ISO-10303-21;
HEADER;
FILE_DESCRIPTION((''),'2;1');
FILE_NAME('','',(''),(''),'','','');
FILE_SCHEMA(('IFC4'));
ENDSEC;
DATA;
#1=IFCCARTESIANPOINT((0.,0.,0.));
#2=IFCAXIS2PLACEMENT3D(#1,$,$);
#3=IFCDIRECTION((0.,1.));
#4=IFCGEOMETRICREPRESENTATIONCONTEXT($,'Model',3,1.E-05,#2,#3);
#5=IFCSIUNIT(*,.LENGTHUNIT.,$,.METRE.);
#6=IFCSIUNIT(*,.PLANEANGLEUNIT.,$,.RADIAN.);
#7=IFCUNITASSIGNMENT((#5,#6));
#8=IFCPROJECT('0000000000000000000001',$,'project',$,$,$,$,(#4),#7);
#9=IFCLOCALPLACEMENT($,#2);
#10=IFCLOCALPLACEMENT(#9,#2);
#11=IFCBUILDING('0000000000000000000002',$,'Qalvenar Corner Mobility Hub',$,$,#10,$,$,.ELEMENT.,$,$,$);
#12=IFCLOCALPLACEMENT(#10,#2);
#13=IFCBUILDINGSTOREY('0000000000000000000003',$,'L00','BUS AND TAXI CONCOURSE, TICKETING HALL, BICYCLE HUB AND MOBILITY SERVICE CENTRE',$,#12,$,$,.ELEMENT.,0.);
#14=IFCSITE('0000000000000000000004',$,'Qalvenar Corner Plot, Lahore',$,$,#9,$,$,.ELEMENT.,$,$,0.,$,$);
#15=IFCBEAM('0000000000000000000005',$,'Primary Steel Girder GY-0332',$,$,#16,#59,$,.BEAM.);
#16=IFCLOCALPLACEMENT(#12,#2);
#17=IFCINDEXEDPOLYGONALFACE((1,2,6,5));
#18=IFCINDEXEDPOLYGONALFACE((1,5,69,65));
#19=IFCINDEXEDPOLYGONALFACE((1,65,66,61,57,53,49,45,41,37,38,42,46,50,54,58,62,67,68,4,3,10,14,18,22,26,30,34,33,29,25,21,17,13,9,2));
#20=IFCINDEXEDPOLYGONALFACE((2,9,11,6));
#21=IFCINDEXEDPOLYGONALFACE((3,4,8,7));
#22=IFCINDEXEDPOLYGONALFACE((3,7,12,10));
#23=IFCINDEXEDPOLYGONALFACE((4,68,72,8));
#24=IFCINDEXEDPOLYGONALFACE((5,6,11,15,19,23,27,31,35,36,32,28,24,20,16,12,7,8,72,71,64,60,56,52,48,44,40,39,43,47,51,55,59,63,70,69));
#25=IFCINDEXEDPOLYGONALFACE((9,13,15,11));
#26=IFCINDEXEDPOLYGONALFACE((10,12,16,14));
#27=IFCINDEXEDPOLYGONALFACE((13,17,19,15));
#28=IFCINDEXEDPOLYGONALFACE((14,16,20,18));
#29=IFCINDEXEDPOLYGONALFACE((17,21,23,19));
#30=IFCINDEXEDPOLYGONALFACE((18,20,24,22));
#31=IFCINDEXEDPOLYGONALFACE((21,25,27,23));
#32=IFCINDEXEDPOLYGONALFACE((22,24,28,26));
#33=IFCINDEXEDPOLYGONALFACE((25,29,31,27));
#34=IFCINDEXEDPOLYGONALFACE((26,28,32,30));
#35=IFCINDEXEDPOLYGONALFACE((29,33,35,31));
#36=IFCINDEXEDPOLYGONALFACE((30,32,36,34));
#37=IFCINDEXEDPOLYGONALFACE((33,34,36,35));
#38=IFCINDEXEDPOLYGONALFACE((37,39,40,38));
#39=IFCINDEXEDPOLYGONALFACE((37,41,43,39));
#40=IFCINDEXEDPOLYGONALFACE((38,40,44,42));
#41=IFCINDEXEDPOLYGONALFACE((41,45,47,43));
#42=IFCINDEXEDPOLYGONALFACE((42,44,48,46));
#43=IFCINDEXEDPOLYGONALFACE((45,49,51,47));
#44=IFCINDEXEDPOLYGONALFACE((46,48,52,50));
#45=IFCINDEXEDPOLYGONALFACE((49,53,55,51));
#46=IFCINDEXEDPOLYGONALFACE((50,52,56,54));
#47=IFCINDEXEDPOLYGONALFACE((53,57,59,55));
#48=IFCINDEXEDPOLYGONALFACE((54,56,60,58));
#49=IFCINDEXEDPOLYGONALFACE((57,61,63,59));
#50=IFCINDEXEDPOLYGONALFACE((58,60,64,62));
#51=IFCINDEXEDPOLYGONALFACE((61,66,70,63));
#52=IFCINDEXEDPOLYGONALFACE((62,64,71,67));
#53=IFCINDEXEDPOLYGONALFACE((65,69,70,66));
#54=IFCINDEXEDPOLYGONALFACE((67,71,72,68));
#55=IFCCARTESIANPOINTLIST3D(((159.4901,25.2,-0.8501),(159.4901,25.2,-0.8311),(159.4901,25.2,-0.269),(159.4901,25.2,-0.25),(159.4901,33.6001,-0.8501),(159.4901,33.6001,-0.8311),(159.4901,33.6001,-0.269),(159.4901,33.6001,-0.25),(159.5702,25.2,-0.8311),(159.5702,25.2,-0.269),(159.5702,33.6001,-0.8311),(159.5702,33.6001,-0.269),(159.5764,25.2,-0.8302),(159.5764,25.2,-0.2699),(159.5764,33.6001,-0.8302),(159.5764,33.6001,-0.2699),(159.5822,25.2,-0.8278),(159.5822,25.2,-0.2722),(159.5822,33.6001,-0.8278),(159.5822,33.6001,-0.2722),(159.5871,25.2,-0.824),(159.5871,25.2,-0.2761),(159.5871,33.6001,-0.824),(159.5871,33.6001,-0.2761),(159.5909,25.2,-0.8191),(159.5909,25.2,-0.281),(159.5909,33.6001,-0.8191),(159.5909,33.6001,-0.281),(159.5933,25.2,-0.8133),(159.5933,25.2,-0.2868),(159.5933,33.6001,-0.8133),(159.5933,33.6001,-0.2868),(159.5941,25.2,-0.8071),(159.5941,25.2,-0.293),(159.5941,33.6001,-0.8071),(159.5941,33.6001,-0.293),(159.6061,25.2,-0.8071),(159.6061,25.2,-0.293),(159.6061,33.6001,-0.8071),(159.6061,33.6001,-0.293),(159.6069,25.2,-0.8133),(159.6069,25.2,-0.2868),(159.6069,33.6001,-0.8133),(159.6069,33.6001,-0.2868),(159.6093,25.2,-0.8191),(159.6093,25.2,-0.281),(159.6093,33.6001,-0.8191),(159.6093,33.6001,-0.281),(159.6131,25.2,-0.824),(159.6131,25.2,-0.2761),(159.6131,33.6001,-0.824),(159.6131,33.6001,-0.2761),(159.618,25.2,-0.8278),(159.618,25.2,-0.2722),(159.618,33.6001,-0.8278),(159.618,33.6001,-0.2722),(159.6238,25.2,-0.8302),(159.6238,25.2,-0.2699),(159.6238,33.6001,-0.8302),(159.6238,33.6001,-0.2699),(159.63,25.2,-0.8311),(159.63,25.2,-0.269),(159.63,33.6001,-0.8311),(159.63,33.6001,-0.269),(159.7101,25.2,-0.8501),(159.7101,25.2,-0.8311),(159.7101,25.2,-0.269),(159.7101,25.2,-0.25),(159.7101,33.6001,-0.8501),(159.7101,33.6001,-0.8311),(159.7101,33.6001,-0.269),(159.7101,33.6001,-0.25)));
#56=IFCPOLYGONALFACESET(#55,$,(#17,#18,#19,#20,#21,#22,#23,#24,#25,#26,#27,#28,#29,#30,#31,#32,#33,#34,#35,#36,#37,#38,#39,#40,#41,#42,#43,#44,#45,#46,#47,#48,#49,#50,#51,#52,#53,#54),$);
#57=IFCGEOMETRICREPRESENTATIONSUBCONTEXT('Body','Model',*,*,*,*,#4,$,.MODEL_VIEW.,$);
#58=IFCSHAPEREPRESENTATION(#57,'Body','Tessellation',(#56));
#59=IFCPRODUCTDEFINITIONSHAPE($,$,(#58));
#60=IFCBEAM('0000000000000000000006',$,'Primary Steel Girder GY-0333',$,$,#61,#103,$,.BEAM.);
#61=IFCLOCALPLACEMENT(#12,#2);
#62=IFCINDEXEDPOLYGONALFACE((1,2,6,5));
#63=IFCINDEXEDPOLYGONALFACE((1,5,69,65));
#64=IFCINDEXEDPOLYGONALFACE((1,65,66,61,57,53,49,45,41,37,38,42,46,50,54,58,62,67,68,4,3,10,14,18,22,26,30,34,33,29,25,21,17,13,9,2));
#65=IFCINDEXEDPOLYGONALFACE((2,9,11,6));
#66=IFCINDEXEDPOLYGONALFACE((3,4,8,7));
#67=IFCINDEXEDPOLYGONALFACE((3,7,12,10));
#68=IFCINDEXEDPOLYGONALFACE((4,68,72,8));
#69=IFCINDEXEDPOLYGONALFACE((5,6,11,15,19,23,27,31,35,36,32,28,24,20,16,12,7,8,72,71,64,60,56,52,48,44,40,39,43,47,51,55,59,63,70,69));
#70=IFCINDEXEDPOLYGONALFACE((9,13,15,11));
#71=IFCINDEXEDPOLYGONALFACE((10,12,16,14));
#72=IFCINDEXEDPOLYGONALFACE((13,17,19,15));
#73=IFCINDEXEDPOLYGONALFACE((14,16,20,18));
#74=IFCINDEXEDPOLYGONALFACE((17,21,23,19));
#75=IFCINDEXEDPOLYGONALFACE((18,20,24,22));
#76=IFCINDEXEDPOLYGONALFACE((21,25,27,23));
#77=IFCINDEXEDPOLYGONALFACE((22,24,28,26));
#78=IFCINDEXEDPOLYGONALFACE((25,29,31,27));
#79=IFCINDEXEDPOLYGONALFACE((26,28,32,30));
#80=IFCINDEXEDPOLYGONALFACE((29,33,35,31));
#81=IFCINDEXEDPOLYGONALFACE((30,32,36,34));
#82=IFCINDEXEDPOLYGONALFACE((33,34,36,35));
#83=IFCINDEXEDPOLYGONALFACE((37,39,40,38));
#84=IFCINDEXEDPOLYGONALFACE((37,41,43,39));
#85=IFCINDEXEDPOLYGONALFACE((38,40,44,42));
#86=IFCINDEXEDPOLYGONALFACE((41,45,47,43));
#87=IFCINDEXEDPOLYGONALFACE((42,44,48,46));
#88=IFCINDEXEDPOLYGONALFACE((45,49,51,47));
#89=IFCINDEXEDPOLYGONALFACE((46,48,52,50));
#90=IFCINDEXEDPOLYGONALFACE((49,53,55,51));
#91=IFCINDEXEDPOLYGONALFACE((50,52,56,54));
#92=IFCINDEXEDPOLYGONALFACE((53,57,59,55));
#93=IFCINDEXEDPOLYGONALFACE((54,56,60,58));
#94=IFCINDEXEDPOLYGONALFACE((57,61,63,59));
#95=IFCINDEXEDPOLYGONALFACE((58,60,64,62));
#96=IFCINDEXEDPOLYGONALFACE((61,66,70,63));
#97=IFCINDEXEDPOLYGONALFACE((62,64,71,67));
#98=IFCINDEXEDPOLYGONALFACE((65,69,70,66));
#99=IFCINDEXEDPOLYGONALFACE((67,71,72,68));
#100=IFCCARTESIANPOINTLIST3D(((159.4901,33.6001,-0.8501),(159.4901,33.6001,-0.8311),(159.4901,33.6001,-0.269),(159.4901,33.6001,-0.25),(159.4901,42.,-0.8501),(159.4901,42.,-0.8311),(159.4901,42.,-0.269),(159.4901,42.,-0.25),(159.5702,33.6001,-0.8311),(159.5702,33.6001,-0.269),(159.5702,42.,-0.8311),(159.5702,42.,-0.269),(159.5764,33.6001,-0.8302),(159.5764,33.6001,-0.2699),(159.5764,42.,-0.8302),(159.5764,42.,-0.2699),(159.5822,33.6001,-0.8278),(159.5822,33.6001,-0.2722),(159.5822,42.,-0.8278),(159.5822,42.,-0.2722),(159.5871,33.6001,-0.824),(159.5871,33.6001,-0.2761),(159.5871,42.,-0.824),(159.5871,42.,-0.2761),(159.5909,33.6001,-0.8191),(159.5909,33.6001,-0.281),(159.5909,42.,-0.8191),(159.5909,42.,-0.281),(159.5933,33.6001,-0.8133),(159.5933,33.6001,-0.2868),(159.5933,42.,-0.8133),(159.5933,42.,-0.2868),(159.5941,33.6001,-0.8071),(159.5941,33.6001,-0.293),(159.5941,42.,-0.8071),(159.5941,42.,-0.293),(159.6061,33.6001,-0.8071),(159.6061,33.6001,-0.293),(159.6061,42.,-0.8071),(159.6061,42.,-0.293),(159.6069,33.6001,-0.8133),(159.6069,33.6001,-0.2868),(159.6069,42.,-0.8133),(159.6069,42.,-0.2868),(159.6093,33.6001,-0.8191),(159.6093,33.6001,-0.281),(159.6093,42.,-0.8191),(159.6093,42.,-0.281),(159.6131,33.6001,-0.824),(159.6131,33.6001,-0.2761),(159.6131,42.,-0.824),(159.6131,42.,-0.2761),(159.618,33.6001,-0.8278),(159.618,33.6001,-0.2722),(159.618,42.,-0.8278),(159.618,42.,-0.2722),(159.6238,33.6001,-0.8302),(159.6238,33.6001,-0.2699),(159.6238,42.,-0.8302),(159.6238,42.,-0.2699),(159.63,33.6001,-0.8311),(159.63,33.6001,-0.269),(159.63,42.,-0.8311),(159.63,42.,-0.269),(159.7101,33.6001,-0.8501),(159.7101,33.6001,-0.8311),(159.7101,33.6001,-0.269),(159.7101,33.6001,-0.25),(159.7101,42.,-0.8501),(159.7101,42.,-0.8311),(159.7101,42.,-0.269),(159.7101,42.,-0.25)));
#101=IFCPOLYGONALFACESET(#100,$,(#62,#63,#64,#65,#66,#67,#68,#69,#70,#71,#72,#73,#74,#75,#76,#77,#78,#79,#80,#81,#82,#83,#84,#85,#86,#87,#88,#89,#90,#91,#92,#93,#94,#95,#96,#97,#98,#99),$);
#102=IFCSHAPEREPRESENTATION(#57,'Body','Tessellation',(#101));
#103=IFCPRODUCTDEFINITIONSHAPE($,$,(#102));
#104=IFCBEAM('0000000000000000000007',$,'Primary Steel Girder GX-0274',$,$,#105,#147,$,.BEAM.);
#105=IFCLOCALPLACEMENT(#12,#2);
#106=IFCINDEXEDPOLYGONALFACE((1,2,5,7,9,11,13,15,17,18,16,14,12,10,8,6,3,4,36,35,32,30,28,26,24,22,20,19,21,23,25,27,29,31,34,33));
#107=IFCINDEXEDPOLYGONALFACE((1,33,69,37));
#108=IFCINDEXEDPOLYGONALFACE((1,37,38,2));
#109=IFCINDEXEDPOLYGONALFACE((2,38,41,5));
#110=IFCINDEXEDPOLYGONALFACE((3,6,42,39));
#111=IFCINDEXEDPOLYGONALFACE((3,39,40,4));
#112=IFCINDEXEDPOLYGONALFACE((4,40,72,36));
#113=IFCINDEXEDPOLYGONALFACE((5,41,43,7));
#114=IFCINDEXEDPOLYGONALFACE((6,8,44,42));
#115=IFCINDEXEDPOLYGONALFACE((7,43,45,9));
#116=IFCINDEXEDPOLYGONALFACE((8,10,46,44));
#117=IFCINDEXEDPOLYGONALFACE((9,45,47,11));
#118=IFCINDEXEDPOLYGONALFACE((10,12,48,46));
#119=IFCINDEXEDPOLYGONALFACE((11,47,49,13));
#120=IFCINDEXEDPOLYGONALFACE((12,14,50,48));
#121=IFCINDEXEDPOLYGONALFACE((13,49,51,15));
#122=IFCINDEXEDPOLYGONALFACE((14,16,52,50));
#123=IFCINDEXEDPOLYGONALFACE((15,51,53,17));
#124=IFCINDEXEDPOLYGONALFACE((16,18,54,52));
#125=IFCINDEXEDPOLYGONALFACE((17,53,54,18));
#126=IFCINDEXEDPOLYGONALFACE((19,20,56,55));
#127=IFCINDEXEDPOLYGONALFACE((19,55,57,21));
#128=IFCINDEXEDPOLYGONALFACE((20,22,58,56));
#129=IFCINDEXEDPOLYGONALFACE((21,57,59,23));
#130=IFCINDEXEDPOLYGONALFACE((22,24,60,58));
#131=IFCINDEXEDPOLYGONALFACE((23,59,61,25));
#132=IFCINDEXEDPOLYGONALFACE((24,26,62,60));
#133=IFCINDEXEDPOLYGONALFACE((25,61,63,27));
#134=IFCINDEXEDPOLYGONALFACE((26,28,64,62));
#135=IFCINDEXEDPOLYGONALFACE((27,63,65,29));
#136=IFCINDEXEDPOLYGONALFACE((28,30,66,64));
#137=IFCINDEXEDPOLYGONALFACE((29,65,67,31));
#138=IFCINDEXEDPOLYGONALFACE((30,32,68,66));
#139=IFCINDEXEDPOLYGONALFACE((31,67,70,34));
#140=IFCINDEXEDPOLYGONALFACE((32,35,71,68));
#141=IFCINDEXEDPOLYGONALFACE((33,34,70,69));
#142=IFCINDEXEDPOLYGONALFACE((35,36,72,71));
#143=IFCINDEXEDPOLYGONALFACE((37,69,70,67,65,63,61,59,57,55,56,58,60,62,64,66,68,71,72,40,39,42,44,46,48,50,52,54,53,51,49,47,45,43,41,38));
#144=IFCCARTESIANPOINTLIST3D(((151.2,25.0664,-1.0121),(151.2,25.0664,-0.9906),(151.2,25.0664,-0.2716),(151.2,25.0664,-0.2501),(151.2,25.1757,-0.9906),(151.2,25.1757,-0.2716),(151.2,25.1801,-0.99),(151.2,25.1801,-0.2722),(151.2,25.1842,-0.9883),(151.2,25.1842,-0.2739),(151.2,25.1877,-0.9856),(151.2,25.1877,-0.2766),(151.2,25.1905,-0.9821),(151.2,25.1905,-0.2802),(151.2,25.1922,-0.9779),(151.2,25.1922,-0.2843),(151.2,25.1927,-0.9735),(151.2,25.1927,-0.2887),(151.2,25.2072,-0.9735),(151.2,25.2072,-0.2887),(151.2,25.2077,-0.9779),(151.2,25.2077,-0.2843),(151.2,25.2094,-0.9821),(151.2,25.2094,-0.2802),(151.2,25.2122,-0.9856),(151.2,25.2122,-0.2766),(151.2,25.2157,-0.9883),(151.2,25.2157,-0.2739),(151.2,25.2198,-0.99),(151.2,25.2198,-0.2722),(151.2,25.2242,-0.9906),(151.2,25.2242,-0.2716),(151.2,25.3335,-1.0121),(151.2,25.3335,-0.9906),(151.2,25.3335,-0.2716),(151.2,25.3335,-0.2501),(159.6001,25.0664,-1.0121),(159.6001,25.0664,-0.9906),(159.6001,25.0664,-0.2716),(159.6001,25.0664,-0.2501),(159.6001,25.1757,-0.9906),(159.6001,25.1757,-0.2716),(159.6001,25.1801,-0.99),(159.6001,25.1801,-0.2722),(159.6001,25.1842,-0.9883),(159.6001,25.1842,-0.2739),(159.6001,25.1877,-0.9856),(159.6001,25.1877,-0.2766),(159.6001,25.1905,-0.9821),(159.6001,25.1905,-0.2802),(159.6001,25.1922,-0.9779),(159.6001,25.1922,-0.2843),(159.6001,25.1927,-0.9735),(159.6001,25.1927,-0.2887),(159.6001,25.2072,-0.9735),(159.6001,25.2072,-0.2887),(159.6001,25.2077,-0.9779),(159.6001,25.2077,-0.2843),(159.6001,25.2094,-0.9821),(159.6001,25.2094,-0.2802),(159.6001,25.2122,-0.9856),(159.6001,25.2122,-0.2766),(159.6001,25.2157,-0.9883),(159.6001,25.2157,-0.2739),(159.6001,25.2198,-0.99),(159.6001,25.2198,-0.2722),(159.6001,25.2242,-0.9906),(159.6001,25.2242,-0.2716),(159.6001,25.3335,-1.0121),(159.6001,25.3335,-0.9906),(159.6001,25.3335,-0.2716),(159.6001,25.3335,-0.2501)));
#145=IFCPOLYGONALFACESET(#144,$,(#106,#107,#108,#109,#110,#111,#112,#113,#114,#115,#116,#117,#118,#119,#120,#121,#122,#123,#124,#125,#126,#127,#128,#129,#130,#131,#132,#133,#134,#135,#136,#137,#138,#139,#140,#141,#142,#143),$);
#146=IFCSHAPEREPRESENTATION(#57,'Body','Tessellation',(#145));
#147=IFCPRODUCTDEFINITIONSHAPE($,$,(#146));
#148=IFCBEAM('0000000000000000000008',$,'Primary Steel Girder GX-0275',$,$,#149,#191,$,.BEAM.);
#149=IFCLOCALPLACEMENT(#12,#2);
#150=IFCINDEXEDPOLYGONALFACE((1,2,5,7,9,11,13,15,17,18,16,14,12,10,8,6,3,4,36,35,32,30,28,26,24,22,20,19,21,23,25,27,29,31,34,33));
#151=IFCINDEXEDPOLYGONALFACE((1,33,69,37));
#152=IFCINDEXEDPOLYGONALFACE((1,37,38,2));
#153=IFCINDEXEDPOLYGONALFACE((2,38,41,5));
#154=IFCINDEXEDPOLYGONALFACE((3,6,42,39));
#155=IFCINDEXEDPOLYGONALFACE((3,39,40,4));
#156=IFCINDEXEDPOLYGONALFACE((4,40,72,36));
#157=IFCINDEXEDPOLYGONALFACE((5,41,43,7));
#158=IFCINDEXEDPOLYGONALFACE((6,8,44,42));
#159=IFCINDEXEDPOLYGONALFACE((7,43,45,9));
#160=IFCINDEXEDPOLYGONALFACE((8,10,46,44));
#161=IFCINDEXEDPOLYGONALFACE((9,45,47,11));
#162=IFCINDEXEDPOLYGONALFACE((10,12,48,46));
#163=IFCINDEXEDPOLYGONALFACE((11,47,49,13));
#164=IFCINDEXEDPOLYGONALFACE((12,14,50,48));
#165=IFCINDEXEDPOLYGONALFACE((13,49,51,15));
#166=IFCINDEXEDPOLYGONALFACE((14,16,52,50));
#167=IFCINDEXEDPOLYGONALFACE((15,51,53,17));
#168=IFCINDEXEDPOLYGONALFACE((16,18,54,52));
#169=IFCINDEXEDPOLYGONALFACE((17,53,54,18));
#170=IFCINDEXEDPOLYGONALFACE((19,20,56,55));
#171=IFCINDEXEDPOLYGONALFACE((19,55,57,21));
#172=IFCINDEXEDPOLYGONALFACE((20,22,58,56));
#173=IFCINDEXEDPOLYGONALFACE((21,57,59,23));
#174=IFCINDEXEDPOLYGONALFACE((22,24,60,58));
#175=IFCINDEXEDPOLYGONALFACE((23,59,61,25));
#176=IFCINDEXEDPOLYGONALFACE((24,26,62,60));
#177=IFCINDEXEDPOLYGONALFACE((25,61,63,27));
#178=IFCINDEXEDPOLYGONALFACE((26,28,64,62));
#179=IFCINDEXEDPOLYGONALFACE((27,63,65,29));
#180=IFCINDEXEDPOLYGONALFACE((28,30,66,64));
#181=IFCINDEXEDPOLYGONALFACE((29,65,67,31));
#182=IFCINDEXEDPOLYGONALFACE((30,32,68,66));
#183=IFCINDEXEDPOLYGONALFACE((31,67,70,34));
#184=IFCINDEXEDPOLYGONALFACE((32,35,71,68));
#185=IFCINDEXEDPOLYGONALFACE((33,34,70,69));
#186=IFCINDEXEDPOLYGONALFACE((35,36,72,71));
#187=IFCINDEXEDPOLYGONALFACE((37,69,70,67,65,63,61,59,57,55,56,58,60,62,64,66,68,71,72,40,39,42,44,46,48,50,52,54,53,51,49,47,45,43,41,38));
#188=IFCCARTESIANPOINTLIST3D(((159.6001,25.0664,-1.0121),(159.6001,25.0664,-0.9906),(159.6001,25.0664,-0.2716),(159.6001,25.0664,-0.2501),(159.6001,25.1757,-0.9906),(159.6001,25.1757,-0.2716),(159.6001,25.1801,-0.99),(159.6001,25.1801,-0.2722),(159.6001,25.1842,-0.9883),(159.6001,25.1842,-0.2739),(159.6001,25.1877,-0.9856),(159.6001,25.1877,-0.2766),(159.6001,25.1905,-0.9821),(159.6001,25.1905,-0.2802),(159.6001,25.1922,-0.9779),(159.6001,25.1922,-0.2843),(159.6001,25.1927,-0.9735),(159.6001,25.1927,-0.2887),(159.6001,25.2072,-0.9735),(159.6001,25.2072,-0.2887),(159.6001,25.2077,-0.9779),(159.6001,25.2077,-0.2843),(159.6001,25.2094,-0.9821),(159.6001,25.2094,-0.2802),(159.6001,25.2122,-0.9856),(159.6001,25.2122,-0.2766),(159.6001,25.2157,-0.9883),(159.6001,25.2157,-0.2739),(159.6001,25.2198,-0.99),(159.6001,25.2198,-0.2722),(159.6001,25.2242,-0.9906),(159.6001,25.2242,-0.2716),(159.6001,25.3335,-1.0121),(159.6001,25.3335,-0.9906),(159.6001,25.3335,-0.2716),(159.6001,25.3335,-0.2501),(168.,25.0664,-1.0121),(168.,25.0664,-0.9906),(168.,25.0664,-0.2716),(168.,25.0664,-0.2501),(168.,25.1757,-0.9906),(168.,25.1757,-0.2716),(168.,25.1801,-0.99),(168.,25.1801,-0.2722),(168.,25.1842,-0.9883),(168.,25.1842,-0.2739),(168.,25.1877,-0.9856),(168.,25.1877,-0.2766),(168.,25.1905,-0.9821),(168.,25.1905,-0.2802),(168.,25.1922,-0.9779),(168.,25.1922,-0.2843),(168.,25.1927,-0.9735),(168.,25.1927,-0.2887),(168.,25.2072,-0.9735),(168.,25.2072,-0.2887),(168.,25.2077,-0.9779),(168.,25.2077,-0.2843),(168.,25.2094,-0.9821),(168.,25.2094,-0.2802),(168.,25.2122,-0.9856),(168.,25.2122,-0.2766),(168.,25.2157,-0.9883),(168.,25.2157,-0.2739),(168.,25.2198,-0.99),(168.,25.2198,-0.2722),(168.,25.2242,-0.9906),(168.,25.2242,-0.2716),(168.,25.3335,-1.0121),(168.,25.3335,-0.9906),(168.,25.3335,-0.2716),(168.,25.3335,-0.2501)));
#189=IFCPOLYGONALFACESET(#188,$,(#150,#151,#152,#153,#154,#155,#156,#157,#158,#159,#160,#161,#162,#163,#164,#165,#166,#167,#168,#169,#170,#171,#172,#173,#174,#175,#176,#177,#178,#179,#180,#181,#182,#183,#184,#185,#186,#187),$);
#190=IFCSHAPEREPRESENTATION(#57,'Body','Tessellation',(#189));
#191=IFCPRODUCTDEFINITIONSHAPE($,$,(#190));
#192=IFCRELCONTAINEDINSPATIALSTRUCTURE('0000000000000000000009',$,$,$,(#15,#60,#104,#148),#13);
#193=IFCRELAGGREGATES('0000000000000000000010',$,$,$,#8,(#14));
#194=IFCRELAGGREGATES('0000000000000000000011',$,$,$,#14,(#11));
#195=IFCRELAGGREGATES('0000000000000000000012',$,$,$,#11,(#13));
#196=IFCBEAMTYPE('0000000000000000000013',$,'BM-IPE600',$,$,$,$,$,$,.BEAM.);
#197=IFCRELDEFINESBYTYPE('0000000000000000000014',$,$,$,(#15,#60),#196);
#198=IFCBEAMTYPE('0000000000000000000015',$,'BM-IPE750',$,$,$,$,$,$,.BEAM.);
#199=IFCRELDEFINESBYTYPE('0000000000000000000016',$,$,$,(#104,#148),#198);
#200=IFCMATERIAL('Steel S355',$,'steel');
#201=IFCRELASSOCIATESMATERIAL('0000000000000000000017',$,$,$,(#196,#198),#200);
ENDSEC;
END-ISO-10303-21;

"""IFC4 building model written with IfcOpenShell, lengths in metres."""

from ifc_helpers import new_model, si_unit, direction, frame, origin, origin_2d, place, context, subcontext, project, spatial, i_section, extrude, material, material_profile, profile_set, type_object, element, save


model = new_model("IFC4")

# Units and contexts
model_context = context("Model", 3, precision=1e-05, world=origin(), true_north=direction((0.0, 1.0)))
body_context = subcontext(model_context, "Body", "Model", "MODEL_VIEW")
ifc_project = project(units=[si_unit("LENGTHUNIT", "METRE"), si_unit("PLANEANGLEUNIT", "RADIAN")], contexts=[model_context])

# Site, building, storey
site_placement = place(None, origin())
site = spatial("IfcSite", under=ifc_project, at=site_placement, Name="Qalvenar Corner Plot, Lahore", CompositionType="ELEMENT", RefElevation=0.0)
building_placement = place(site_placement, origin())
building = spatial("IfcBuilding", under=site, at=building_placement, Name="Qalvenar Corner Mobility Hub", CompositionType="ELEMENT")
storey_placement = place(building_placement, origin())
storey = spatial("IfcBuildingStorey", under=building, at=storey_placement, Name="L00", Description="BUS AND TAXI CONCOURSE, TICKETING HALL, BICYCLE HUB AND MOBILITY SERVICE CENTRE", CompositionType="ELEMENT", Elevation=0.0)

# Shared definitions
ifc_material_1 = material(Name="Steel S355", Category="steel")

# Beams
ifc_material_profile_1 = material_profile(ifc_material_1, i_section(OverallWidth=0.22, OverallDepth=0.6001, WebThickness=0.012, FlangeThickness=0.019, FilletRadius=0.0239, at=origin_2d()), Name="IPE600")
ifc_profile_set_1 = profile_set([ifc_material_profile_1], Name="Steel S355")
beam_type_1 = type_object("IfcBeamType", Name="BM-IPE600", PredefinedType="BEAM", material=ifc_profile_set_1)
beam_1_placement = place(storey_placement, frame((159.6001, 25.2, -0.55), z_axis=(0.0, 1.0, 0.0), x_axis=(-1.0, 0.0, 0.0)))
element("IfcBeam", 1, at=beam_1_placement, inside=storey, type_object=beam_type_1, Name="Primary Steel Girder GY-0332", PredefinedType="BEAM", context=body_context, shape_type="SweptSolid", body=[
    extrude(i_section(OverallWidth=0.22, OverallDepth=0.6001, WebThickness=0.012, FlangeThickness=0.019, FilletRadius=0.0239, at=origin_2d()), origin(), (0.0, 0.0, 1.0), 8.4001),
])
beam_2_placement = place(storey_placement, frame((159.6001, 33.6001, -0.55), z_axis=(0.0, 1.0, 0.0), x_axis=(-1.0, 0.0, 0.0)))
element("IfcBeam", 2, at=beam_2_placement, inside=storey, type_object=beam_type_1, Name="Primary Steel Girder GY-0333", PredefinedType="BEAM", context=body_context, shape_type="SweptSolid", body=[
    extrude(i_section(OverallWidth=0.22, OverallDepth=0.6001, WebThickness=0.012, FlangeThickness=0.019, FilletRadius=0.0239, at=origin_2d()), origin(), (0.0, 0.0, 1.0), 8.3999),
])
ifc_material_profile_2 = material_profile(ifc_material_1, i_section(OverallWidth=0.2671, OverallDepth=0.762, WebThickness=0.0144, FlangeThickness=0.0215, FilletRadius=0.0171, at=origin_2d()), Name="IPE750x173")
ifc_profile_set_2 = profile_set([ifc_material_profile_2], Name="Steel S355")
beam_type_2 = type_object("IfcBeamType", Name="BM-IPE750", PredefinedType="BEAM", material=ifc_profile_set_2)
beam_3_placement = place(storey_placement, frame((151.2, 25.2, -0.6311), z_axis=(1.0, 0.0, 0.0), x_axis=(0.0, 1.0, 0.0)))
element("IfcBeam", 3, at=beam_3_placement, inside=storey, type_object=beam_type_2, Name="Primary Steel Girder GX-0274", PredefinedType="BEAM", context=body_context, shape_type="SweptSolid", body=[
    extrude(i_section(OverallWidth=0.2671, OverallDepth=0.762, WebThickness=0.0144, FlangeThickness=0.0215, FilletRadius=0.0171, at=origin_2d()), origin(), (0.0, 0.0, 1.0), 8.4001),
])
beam_4_placement = place(storey_placement, frame((159.6001, 25.2, -0.6311), z_axis=(1.0, 0.0, 0.0), x_axis=(0.0, 1.0, 0.0)))
element("IfcBeam", 4, at=beam_4_placement, inside=storey, type_object=beam_type_2, Name="Primary Steel Girder GX-0275", PredefinedType="BEAM", context=body_context, shape_type="SweptSolid", body=[
    extrude(i_section(OverallWidth=0.2671, OverallDepth=0.762, WebThickness=0.0144, FlangeThickness=0.0215, FilletRadius=0.0171, at=origin_2d()), origin(), (0.0, 0.0, 1.0), 8.3999),
])

save(model, "model.ifc")
